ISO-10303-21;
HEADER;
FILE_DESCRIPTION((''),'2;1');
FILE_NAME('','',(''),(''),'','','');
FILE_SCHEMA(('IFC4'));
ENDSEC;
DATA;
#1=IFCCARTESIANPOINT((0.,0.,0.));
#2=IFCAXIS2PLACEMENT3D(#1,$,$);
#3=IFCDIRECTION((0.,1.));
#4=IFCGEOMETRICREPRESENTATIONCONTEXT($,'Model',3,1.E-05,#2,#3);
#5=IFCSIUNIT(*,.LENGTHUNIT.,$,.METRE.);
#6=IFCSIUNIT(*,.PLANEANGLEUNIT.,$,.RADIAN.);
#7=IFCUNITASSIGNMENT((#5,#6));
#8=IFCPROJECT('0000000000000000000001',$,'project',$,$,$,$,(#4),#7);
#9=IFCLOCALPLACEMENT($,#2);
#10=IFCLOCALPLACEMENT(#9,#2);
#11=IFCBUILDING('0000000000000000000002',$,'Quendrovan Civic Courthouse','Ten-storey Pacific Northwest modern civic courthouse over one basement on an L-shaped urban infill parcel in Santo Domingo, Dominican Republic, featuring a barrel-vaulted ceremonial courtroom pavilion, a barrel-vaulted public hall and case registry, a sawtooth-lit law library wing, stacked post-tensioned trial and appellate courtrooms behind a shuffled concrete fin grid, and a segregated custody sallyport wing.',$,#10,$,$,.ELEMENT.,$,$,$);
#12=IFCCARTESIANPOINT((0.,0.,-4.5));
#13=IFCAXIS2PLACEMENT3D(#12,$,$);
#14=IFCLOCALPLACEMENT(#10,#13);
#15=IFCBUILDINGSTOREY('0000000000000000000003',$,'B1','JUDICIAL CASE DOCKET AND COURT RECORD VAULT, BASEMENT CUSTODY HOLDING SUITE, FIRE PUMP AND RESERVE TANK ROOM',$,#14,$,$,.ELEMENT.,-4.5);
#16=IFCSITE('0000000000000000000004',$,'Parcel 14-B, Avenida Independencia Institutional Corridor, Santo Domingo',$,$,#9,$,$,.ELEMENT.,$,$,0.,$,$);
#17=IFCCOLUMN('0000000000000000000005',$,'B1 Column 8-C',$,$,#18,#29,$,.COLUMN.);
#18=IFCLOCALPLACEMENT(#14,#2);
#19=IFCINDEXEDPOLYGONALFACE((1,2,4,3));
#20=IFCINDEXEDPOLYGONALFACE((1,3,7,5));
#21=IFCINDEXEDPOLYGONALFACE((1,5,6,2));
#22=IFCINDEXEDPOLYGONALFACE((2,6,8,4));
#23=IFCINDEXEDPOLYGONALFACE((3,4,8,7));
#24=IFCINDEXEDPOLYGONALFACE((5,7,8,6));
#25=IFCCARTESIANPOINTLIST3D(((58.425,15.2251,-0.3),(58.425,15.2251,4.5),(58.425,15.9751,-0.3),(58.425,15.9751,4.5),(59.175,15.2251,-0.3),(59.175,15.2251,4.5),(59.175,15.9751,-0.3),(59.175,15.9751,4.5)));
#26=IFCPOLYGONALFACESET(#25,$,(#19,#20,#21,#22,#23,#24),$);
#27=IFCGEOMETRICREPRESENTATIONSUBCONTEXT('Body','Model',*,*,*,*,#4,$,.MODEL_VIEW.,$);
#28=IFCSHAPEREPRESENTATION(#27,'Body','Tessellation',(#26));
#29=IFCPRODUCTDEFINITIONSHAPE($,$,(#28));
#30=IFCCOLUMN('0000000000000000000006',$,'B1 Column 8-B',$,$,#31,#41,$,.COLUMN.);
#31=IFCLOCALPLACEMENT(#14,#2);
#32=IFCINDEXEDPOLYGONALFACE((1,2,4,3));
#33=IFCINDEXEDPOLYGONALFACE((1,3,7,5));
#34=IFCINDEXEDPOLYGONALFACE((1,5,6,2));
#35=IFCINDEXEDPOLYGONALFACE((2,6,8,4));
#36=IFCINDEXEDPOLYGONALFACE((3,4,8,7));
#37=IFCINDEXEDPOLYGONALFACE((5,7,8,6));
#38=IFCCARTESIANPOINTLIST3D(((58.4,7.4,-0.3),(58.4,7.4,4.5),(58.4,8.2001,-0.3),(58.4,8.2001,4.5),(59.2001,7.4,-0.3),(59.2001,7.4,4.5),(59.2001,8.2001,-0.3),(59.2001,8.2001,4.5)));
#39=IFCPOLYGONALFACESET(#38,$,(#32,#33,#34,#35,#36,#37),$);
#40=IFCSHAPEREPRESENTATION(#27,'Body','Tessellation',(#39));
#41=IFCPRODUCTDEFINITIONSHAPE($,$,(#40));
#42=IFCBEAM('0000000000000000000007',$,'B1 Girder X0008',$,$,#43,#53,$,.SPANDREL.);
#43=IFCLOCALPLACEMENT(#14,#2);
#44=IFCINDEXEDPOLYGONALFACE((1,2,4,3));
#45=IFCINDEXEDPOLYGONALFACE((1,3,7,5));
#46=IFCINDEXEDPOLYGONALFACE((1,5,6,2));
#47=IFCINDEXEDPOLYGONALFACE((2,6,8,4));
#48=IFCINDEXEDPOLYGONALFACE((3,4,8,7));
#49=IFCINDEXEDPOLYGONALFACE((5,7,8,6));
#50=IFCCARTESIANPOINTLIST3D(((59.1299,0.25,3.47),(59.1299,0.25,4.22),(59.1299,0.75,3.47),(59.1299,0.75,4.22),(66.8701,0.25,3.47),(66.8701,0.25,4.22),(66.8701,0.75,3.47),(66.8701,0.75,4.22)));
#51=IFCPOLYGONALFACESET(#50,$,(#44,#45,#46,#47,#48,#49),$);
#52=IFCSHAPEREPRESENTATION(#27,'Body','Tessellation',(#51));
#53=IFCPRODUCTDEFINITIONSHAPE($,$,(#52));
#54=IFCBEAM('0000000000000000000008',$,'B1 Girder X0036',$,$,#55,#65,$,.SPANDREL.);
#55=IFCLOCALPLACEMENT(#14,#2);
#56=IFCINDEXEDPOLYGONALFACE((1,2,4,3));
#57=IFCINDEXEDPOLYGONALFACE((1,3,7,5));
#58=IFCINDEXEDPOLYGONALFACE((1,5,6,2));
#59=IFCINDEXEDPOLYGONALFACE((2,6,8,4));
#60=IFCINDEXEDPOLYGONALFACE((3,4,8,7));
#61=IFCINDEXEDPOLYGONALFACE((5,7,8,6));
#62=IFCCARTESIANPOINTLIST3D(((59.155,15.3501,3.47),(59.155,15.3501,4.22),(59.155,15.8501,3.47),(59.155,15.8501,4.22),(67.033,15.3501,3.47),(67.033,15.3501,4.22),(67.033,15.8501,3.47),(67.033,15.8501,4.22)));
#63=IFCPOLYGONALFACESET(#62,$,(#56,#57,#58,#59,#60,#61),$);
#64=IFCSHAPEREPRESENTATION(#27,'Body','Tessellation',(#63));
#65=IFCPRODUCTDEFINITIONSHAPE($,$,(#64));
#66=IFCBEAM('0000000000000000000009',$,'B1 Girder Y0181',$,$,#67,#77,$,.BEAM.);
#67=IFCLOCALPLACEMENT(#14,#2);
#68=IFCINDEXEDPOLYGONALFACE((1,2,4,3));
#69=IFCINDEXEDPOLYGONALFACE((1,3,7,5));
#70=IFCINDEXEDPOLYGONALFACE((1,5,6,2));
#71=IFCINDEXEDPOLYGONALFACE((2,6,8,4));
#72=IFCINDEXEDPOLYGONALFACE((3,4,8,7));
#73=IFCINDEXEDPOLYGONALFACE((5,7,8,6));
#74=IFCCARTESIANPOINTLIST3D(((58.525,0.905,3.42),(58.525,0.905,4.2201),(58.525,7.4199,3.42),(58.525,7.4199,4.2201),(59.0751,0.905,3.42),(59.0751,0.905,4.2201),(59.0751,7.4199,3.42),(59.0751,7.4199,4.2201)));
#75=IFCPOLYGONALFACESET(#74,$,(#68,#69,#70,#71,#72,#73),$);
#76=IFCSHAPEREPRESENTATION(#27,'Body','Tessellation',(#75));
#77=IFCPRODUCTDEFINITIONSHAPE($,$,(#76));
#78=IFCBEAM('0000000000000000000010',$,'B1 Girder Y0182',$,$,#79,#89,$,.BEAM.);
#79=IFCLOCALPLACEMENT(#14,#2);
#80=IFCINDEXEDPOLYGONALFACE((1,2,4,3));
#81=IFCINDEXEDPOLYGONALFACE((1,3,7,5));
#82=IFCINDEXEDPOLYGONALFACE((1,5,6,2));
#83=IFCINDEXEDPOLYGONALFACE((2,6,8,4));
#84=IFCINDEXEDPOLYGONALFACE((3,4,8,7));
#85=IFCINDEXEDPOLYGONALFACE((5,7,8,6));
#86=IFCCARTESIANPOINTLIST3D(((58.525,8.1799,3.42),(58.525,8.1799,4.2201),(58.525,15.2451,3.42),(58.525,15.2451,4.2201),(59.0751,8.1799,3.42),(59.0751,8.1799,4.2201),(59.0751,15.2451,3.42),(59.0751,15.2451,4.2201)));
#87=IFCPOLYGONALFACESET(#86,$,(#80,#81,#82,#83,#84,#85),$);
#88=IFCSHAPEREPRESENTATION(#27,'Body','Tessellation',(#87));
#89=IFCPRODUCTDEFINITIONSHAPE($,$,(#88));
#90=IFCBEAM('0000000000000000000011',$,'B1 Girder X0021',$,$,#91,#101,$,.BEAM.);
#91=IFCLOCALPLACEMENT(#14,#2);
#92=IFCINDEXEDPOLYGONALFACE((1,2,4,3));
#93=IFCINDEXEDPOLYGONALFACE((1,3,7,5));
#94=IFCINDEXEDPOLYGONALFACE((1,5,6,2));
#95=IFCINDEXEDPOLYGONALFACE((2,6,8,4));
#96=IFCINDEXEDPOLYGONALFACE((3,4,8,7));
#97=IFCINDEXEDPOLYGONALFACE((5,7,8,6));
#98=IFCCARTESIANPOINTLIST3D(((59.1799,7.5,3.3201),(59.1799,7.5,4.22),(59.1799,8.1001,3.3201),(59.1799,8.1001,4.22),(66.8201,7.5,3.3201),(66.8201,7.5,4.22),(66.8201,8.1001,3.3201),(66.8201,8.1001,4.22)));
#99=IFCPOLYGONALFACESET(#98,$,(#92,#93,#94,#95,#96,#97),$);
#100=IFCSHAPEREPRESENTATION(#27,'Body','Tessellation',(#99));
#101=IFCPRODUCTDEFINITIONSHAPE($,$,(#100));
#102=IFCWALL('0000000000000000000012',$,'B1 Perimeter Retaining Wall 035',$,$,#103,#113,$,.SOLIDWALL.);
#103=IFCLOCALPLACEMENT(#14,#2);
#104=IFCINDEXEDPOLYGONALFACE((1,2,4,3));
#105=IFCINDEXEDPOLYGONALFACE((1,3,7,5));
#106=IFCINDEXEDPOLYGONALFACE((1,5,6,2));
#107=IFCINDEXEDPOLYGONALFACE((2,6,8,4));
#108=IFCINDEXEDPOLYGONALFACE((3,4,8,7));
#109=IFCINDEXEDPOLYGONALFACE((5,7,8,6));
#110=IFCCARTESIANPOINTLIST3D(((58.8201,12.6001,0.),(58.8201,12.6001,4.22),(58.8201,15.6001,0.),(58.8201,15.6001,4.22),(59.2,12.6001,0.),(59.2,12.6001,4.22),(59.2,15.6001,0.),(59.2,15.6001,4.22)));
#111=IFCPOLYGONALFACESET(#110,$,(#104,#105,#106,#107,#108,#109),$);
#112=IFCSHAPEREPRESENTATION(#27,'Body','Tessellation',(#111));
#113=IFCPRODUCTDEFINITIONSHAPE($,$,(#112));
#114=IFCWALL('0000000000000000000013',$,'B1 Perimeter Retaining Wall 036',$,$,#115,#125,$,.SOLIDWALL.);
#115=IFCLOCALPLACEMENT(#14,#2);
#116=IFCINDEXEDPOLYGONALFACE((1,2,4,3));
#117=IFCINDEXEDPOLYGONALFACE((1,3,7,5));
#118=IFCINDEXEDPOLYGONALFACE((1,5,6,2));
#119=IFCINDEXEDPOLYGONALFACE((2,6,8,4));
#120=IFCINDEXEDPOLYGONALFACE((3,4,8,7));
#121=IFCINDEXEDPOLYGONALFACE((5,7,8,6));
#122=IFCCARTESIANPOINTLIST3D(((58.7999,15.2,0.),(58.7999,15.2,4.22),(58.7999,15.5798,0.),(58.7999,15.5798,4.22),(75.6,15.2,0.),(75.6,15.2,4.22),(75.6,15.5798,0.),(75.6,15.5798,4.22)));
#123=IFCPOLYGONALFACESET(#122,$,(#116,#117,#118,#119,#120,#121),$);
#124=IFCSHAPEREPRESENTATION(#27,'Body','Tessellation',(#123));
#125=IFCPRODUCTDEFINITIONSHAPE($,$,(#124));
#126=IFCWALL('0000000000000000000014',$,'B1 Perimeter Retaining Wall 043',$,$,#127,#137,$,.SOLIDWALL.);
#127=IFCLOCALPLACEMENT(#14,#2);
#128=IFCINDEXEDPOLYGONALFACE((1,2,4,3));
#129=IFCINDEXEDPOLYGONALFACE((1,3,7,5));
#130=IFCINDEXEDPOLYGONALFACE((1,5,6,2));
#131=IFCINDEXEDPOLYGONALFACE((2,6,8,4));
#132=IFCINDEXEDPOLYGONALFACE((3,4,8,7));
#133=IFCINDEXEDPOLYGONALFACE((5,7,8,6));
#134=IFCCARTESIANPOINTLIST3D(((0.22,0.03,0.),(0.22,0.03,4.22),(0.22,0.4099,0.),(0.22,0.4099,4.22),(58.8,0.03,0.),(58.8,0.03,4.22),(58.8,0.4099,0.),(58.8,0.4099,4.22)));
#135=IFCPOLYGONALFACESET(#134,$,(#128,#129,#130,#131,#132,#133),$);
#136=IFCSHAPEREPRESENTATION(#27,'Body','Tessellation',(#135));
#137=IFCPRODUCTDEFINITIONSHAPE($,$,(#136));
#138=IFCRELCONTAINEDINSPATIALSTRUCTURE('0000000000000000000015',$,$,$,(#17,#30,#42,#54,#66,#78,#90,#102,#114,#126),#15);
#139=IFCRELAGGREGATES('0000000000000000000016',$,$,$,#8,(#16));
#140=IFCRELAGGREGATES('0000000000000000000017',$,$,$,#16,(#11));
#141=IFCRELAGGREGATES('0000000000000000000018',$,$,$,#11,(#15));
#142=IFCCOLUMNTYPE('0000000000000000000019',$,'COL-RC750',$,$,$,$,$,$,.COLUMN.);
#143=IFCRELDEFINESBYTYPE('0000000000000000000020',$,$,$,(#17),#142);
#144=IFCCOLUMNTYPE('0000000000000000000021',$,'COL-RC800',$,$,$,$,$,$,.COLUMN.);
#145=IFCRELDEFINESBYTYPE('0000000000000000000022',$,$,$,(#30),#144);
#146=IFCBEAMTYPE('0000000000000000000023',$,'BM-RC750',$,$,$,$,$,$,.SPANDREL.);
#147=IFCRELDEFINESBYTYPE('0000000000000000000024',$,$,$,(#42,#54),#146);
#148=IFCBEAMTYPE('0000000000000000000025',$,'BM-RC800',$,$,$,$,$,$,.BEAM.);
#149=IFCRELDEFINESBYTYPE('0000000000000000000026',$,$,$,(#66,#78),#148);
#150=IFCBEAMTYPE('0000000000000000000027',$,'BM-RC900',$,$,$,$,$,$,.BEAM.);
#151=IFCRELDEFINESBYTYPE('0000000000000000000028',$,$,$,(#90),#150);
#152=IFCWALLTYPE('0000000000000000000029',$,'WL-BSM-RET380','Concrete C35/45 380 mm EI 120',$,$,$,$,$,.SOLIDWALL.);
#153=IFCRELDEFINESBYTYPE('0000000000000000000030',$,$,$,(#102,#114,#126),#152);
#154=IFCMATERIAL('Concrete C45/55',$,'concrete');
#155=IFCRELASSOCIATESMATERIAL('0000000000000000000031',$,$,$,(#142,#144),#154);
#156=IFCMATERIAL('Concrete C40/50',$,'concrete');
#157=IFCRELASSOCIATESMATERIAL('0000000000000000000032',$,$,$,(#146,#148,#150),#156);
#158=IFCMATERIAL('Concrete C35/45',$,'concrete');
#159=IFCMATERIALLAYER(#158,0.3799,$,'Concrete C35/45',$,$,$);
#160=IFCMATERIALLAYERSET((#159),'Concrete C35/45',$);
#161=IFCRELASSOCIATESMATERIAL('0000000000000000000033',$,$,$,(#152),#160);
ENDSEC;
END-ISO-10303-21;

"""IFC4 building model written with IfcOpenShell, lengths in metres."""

from ifc_helpers import new_model, si_unit, direction, frame, frame_2d, origin, origin_2d, place, context, subcontext, project, spatial, rectangle, extrude, material, layer, layer_set, material_profile, profile_set, type_object, element, save


model = new_model("IFC4")

# Units and contexts
model_context = context("Model", 3, precision=1e-05, world=origin(), true_north=direction((0.0, 1.0)))
body_context = subcontext(model_context, "Body", "Model", "MODEL_VIEW")
ifc_project = project(units=[si_unit("LENGTHUNIT", "METRE"), si_unit("PLANEANGLEUNIT", "RADIAN")], contexts=[model_context])

# Site, building, storey
site_placement = place(None, origin())
site = spatial("IfcSite", under=ifc_project, at=site_placement, Name="Parcel 14-B, Avenida Independencia Institutional Corridor, Santo Domingo", CompositionType="ELEMENT", RefElevation=0.0)
building_placement = place(site_placement, origin())
building = spatial("IfcBuilding", under=site, at=building_placement, Name="Quendrovan Civic Courthouse", Description="Ten-storey Pacific Northwest modern civic courthouse over one basement on an L-shaped urban infill parcel in Santo Domingo, Dominican Republic, featuring a barrel-vaulted ceremonial courtroom pavilion, a barrel-vaulted public hall and case registry, a sawtooth-lit law library wing, stacked post-tensioned trial and appellate courtrooms behind a shuffled concrete fin grid, and a segregated custody sallyport wing.", CompositionType="ELEMENT")
storey_placement = place(building_placement, frame((0.0, 0.0, -4.5)))
storey = spatial("IfcBuildingStorey", under=building, at=storey_placement, Name="B1", Description="JUDICIAL CASE DOCKET AND COURT RECORD VAULT, BASEMENT CUSTODY HOLDING SUITE, FIRE PUMP AND RESERVE TANK ROOM", CompositionType="ELEMENT", Elevation=-4.5)

# Shared definitions
ifc_material_1 = material(Name="Concrete C35/45", Category="concrete")

# Columns
ifc_material_2 = material(Name="Concrete C40/50", Category="concrete")
ifc_material_3 = material(Name="Concrete C45/55", Category="concrete")
ifc_material_profile_1 = material_profile(ifc_material_3, rectangle(XDim=0.75, YDim=0.75, at=origin_2d()), Name="RC-COL-750x750")
ifc_profile_set_1 = profile_set([ifc_material_profile_1], Name="Concrete C45/55")
column_type_1 = type_object("IfcColumnType", Name="COL-RC750", PredefinedType="COLUMN", material=ifc_profile_set_1)
column_1_placement = place(storey_placement, frame((58.8, 15.6001, -0.3), z_axis=(0.0, 0.0, 1.0), x_axis=(1.0, 0.0, 0.0)))
element("IfcColumn", 1, at=column_1_placement, inside=storey, type_object=column_type_1, Name="B1 Column 8-C", PredefinedType="COLUMN", context=body_context, shape_type="SweptSolid", body=[
    extrude(rectangle(XDim=0.75, YDim=0.75, at=origin_2d()), origin(), (0.0, 0.0, 1.0), 4.8),
])
ifc_material_profile_2 = material_profile(ifc_material_3, rectangle(XDim=0.8, YDim=0.8, at=origin_2d()), Name="RC-COL-800x800")
ifc_profile_set_2 = profile_set([ifc_material_profile_2], Name="Concrete C45/55")
column_type_2 = type_object("IfcColumnType", Name="COL-RC800", PredefinedType="COLUMN", material=ifc_profile_set_2)
column_2_placement = place(storey_placement, frame((58.8, 7.8, -0.3), z_axis=(0.0, 0.0, 1.0), x_axis=(1.0, 0.0, 0.0)))
element("IfcColumn", 2, at=column_2_placement, inside=storey, type_object=column_type_2, Name="B1 Column 8-B", PredefinedType="COLUMN", context=body_context, shape_type="SweptSolid", body=[
    extrude(rectangle(XDim=0.8, YDim=0.8, at=origin_2d()), origin(), (0.0, 0.0, 1.0), 4.8),
])

# Beams
ifc_material_profile_3 = material_profile(ifc_material_2, rectangle(XDim=0.5, YDim=0.75, at=origin_2d()), Name="RC-BM-500x750")
ifc_profile_set_3 = profile_set([ifc_material_profile_3], Name="Concrete C40/50")
beam_type_1 = type_object("IfcBeamType", Name="BM-RC750", PredefinedType="SPANDREL", material=ifc_profile_set_3)
beam_1_placement = place(storey_placement, frame((59.1299, 0.5, 3.845), z_axis=(1.0, 0.0, 0.0), x_axis=(0.0, 1.0, 0.0)))
element("IfcBeam", 3, at=beam_1_placement, inside=storey, type_object=beam_type_1, Name="B1 Girder X0008", PredefinedType="SPANDREL", context=body_context, shape_type="SweptSolid", body=[
    extrude(rectangle(XDim=0.5, YDim=0.75, at=origin_2d()), origin(), (0.0, 0.0, 1.0), 7.7402),
])
beam_2_placement = place(storey_placement, frame((59.155, 15.6001, 3.845), z_axis=(1.0, 0.0, 0.0), x_axis=(0.0, 1.0, 0.0)))
element("IfcBeam", 4, at=beam_2_placement, inside=storey, type_object=beam_type_1, Name="B1 Girder X0036", PredefinedType="SPANDREL", context=body_context, shape_type="SweptSolid", body=[
    extrude(rectangle(XDim=0.5, YDim=0.75, at=origin_2d()), origin(), (0.0, 0.0, 1.0), 7.8779),
])
ifc_material_profile_4 = material_profile(ifc_material_2, rectangle(XDim=0.55, YDim=0.8, at=origin_2d()), Name="RC-BM-550x800")
ifc_profile_set_4 = profile_set([ifc_material_profile_4], Name="Concrete C40/50")
beam_type_2 = type_object("IfcBeamType", Name="BM-RC800", PredefinedType="BEAM", material=ifc_profile_set_4)
beam_3_placement = place(storey_placement, frame((58.8, 0.905, 3.8201), z_axis=(0.0, 1.0, 0.0), x_axis=(-1.0, 0.0, 0.0)))
element("IfcBeam", 5, at=beam_3_placement, inside=storey, type_object=beam_type_2, Name="B1 Girder Y0181", PredefinedType="BEAM", context=body_context, shape_type="SweptSolid", body=[
    extrude(rectangle(XDim=0.55, YDim=0.8, at=origin_2d()), origin(), (0.0, 0.0, 1.0), 6.5149),
])
beam_4_placement = place(storey_placement, frame((58.8, 8.1799, 3.8201), z_axis=(0.0, 1.0, 0.0), x_axis=(-1.0, 0.0, 0.0)))
element("IfcBeam", 6, at=beam_4_placement, inside=storey, type_object=beam_type_2, Name="B1 Girder Y0182", PredefinedType="BEAM", context=body_context, shape_type="SweptSolid", body=[
    extrude(rectangle(XDim=0.55, YDim=0.8, at=origin_2d()), origin(), (0.0, 0.0, 1.0), 7.0652),
])
ifc_material_profile_5 = material_profile(ifc_material_2, rectangle(XDim=0.6001, YDim=0.8999, at=origin_2d()), Name="RC-BM-600x900")
ifc_profile_set_5 = profile_set([ifc_material_profile_5], Name="Concrete C40/50")
beam_type_3 = type_object("IfcBeamType", Name="BM-RC900", PredefinedType="BEAM", material=ifc_profile_set_5)
beam_5_placement = place(storey_placement, frame((59.1799, 7.8, 3.77), z_axis=(1.0, 0.0, 0.0), x_axis=(0.0, 1.0, 0.0)))
element("IfcBeam", 7, at=beam_5_placement, inside=storey, type_object=beam_type_3, Name="B1 Girder X0021", PredefinedType="BEAM", context=body_context, shape_type="SweptSolid", body=[
    extrude(rectangle(XDim=0.6001, YDim=0.8999, at=origin_2d()), origin(), (0.0, 0.0, 1.0), 7.6401),
])

# Walls
ifc_layer = layer(ifc_material_1, 0.3799, Name="Concrete C35/45")
ifc_layer_set = layer_set([ifc_layer], Name="Concrete C35/45")
wall_type = type_object("IfcWallType", Name="WL-BSM-RET380", Description="Concrete C35/45 380 mm EI 120", PredefinedType="SOLIDWALL", material=ifc_layer_set)
wall_1_placement = place(storey_placement, frame((59.01, 12.6001, 0.0), z_axis=(0.0, 0.0, 1.0), x_axis=(0.0, 1.0, 0.0)))
element("IfcWall", 8, at=wall_1_placement, inside=storey, type_object=wall_type, Name="B1 Perimeter Retaining Wall 035", PredefinedType="SOLIDWALL", context=body_context, shape_type="SweptSolid", body=[
    extrude(rectangle(XDim=3.0, YDim=0.3799, at=frame_2d((1.5, 0.0))), origin(), (0.0, 0.0, 1.0), 4.22),
])
wall_2_placement = place(storey_placement, frame((58.8, 15.3899, 0.0), z_axis=(0.0, 0.0, 1.0), x_axis=(1.0, 0.0, 0.0)))
element("IfcWall", 9, at=wall_2_placement, inside=storey, type_object=wall_type, Name="B1 Perimeter Retaining Wall 036", PredefinedType="SOLIDWALL", context=body_context, shape_type="SweptSolid", body=[
    extrude(rectangle(XDim=16.8, YDim=0.3799, at=frame_2d((8.3999, 0.0))), origin(), (0.0, 0.0, 1.0), 4.22),
])
wall_3_placement = place(storey_placement, frame((58.8, 0.22, 0.0), z_axis=(0.0, 0.0, 1.0), x_axis=(-1.0, 0.0, 0.0)))
element("IfcWall", 10, at=wall_3_placement, inside=storey, type_object=wall_type, Name="B1 Perimeter Retaining Wall 043", PredefinedType="SOLIDWALL", context=body_context, shape_type="SweptSolid", body=[
    extrude(rectangle(XDim=58.5801, YDim=0.3799, at=frame_2d((29.29, 0.0))), origin(), (0.0, 0.0, 1.0), 4.22),
])

save(model, "model.ifc")
